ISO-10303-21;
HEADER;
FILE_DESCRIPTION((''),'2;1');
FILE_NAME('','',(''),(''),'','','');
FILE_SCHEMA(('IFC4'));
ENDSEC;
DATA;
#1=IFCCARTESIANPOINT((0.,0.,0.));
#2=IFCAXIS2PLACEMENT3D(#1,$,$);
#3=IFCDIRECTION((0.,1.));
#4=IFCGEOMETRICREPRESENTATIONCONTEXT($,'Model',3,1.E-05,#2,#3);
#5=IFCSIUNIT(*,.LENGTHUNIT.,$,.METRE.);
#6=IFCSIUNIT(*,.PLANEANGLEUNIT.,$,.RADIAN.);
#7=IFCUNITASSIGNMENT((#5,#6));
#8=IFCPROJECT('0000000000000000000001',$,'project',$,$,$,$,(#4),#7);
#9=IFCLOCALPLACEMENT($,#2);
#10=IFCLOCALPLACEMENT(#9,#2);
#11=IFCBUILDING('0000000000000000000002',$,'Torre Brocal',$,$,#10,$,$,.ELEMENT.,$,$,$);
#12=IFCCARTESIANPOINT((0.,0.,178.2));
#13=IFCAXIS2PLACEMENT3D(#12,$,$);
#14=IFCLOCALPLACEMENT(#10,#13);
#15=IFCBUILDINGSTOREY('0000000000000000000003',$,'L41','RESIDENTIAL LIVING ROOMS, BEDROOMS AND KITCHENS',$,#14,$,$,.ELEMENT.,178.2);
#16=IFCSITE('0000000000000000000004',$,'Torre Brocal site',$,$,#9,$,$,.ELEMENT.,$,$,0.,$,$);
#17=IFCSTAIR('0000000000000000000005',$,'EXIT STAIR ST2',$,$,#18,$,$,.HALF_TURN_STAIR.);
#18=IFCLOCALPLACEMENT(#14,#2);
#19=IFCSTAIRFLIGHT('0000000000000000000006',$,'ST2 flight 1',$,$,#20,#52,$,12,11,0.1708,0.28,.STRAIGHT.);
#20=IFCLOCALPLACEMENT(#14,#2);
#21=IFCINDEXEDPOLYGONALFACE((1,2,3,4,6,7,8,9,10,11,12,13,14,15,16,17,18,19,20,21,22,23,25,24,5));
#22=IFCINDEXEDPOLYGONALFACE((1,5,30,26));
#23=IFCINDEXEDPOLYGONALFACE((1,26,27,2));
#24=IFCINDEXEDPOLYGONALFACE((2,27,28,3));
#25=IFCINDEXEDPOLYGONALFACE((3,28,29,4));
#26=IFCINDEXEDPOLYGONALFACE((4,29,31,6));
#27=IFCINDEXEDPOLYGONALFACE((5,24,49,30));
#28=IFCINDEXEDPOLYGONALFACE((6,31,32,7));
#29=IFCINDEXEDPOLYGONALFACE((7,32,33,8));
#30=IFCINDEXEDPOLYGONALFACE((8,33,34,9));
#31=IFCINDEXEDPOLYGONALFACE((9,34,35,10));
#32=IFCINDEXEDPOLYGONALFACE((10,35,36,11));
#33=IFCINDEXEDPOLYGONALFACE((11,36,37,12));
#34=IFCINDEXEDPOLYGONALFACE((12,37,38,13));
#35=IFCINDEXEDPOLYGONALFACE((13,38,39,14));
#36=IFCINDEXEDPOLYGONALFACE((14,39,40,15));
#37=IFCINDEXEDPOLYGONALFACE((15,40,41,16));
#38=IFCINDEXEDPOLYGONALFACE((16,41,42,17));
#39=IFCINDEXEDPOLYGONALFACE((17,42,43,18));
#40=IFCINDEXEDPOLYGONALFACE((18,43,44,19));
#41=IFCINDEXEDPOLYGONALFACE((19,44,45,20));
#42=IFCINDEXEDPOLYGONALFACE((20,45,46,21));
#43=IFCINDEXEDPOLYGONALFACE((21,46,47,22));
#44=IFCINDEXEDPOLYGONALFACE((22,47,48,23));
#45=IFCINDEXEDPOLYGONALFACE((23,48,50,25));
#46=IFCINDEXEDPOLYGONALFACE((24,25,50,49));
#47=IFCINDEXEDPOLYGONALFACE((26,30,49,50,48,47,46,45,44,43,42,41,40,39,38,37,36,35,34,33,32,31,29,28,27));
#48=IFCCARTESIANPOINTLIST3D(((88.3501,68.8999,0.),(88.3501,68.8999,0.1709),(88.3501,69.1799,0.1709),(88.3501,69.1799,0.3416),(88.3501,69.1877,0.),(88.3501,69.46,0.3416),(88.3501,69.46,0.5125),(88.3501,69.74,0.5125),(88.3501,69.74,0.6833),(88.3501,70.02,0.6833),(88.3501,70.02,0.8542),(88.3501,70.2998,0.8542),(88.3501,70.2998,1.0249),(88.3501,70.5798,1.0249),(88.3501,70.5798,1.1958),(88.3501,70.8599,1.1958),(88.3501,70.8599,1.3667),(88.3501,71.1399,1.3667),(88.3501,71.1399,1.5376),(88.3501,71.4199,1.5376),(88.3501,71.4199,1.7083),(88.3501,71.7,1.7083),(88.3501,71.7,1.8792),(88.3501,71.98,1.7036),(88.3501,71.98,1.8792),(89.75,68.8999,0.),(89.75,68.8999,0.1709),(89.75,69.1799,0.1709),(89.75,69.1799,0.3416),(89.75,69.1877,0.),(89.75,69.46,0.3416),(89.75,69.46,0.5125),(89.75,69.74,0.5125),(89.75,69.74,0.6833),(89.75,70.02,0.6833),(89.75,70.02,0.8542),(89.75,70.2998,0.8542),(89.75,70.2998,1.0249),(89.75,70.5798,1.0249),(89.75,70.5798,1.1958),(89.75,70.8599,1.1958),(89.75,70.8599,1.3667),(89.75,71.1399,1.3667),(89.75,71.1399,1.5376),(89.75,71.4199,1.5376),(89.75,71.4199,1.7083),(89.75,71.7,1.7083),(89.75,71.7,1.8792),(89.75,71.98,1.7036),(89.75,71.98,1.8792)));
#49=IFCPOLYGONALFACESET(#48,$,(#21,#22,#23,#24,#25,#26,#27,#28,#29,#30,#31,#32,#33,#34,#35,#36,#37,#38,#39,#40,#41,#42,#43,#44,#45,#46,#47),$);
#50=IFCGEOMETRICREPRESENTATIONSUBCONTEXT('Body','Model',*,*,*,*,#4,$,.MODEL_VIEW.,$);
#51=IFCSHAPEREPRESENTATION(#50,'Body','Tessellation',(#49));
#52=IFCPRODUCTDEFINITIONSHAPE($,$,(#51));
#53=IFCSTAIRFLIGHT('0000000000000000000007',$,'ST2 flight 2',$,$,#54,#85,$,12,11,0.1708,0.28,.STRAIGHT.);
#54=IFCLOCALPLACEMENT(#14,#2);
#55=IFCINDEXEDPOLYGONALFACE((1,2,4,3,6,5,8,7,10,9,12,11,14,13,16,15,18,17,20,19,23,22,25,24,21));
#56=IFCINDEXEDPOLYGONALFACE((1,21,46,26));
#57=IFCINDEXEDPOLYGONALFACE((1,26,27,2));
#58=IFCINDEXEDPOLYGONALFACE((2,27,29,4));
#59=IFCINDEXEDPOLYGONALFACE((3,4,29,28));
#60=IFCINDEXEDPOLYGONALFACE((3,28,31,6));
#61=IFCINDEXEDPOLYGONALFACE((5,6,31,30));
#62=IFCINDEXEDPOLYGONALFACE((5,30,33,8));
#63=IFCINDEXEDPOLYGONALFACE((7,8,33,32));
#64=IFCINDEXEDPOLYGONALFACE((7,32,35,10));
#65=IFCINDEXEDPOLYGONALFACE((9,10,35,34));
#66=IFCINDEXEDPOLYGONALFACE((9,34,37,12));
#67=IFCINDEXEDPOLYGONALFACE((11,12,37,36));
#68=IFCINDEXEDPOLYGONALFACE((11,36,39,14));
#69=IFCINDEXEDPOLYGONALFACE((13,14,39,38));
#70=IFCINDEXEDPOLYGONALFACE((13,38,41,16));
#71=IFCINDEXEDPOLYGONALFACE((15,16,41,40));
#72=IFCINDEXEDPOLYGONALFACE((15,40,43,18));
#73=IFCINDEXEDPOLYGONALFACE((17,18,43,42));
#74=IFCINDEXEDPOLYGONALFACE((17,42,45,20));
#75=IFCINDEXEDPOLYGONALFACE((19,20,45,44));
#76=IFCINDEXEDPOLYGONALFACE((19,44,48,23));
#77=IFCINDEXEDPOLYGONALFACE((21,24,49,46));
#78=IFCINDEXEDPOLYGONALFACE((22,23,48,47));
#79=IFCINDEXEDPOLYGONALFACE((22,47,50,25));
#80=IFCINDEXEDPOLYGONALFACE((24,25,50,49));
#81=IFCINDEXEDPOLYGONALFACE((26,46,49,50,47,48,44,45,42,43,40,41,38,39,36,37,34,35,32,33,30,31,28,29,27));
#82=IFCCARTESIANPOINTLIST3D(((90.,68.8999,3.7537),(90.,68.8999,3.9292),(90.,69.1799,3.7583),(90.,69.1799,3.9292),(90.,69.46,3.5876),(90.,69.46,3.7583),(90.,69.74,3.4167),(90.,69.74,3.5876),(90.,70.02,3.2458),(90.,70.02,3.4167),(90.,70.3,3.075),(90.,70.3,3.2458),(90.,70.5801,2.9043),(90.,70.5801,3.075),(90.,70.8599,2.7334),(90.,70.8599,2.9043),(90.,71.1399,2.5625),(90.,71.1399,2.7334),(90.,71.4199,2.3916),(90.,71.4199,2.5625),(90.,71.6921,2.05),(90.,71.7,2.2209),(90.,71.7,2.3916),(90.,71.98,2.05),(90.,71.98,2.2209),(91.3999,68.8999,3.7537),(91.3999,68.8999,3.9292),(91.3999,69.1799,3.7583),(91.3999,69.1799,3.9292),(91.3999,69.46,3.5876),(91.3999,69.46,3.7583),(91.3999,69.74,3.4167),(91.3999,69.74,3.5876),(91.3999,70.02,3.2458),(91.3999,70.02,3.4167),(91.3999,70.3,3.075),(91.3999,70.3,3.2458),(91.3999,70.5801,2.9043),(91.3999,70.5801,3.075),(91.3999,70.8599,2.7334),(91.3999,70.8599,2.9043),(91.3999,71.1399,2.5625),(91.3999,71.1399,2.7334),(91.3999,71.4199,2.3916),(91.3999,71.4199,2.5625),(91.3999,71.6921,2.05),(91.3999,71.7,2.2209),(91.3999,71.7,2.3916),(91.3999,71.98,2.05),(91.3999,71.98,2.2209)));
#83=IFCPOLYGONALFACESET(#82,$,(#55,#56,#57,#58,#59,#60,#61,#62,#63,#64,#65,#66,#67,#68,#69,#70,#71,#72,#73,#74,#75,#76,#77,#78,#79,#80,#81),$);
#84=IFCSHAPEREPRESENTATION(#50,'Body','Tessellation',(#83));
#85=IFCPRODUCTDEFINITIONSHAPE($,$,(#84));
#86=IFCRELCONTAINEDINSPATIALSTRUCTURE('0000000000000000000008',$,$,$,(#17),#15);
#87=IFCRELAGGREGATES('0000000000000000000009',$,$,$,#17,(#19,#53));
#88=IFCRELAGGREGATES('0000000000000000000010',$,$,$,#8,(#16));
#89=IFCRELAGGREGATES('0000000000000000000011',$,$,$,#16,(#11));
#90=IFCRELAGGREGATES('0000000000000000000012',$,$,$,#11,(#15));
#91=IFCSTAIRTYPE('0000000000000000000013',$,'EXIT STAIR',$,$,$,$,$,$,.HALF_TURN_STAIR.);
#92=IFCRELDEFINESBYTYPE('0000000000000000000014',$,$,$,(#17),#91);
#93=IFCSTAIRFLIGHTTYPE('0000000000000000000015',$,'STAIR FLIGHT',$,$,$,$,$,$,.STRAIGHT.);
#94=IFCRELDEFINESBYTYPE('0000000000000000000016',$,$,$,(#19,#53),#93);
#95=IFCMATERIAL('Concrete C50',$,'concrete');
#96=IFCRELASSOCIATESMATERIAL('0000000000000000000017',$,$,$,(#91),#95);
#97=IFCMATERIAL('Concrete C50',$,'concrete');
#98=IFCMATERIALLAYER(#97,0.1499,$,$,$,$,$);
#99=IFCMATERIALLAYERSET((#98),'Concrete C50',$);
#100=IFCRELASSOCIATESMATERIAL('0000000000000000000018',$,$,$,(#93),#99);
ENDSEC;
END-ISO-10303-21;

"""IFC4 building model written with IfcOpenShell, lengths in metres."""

from ifc_helpers import new_model, si_unit, direction, frame, origin, place, context, subcontext, project, spatial, polyline, outline, extrude, material, layer, layer_set, type_object, element, aggregate, save


model = new_model("IFC4")

# Units and contexts
model_context = context("Model", 3, precision=1e-05, world=origin(), true_north=direction((0.0, 1.0)))
body_context = subcontext(model_context, "Body", "Model", "MODEL_VIEW")
ifc_project = project(units=[si_unit("LENGTHUNIT", "METRE"), si_unit("PLANEANGLEUNIT", "RADIAN")], contexts=[model_context])

# Site, building, storey
site_placement = place(None, origin())
site = spatial("IfcSite", under=ifc_project, at=site_placement, Name="Torre Brocal site", CompositionType="ELEMENT", RefElevation=0.0)
building_placement = place(site_placement, origin())
building = spatial("IfcBuilding", under=site, at=building_placement, Name="Torre Brocal", CompositionType="ELEMENT")
storey_placement = place(building_placement, frame((0.0, 0.0, 178.2)))
storey = spatial("IfcBuildingStorey", under=building, at=storey_placement, Name="L41", Description="RESIDENTIAL LIVING ROOMS, BEDROOMS AND KITCHENS", CompositionType="ELEMENT", Elevation=178.2)

# Stair, stair flights
ifc_material_1 = material(Name="Concrete C50", Category="concrete")
stair_type = type_object("IfcStairType", Name="EXIT STAIR", PredefinedType="HALF_TURN_STAIR", material=ifc_material_1)
stair_placement = place(storey_placement, origin())
stair = element("IfcStair", 1, at=stair_placement, inside=storey, type_object=stair_type, Name="EXIT STAIR ST2", PredefinedType="HALF_TURN_STAIR")
ifc_material_2 = material(Name="Concrete C50", Category="concrete")
ifc_layer_1 = layer(ifc_material_2, 0.1499)
ifc_layer_set_1 = layer_set([ifc_layer_1], Name="Concrete C50")
stair_flight_type = type_object("IfcStairFlightType", Name="STAIR FLIGHT", PredefinedType="STRAIGHT", material=ifc_layer_set_1)
stair_flight_1_placement = place(storey_placement, frame((89.05, 68.8999, 0.0), z_axis=(0.0, 0.0, 1.0), x_axis=(0.0, 1.0, 0.0)))
stair_flight_1 = element("IfcStairFlight", 2, at=stair_flight_1_placement, type_object=stair_flight_type, Name="ST2 flight 1", NumberOfRisers=12, NumberOfTreads=11, PredefinedType="STRAIGHT", RiserHeight=0.1708, TreadLength=0.28, context=body_context, shape_type="SweptSolid", body=[
    extrude(outline(polyline([(0.0, 0.0), (0.0, 0.1709), (0.28, 0.1709), (0.28, 0.3416), (0.5601, 0.3416), (0.5601, 0.5125), (0.8401, 0.5125), (0.8401, 0.6833), (1.1201, 0.6833), (1.1201, 0.8542), (1.3999, 0.8542), (1.3999, 1.0249), (1.6799, 1.0249), (1.6799, 1.1958), (1.96, 1.1958), (1.96, 1.3667), (2.24, 1.3667), (2.24, 1.5376), (2.52, 1.5376), (2.52, 1.7083), (2.8, 1.7083), (2.8, 1.8792), (3.0801, 1.8792), (3.0801, 2.05), (3.0801, 1.7036), (0.2878, 0.0), (0.0, 0.0)])), frame((0.0, 0.7, 0.0), z_axis=(0.0, -1.0, 0.0), x_axis=(1.0, 0.0, 0.0)), (0.0, 0.0, 1.0), 1.3999),
])
stair_flight_2_placement = place(storey_placement, frame((90.7, 71.98, 2.05), z_axis=(0.0, 0.0, 1.0), x_axis=(0.0, -1.0, 0.0)))
stair_flight_2 = element("IfcStairFlight", 3, at=stair_flight_2_placement, type_object=stair_flight_type, Name="ST2 flight 2", NumberOfRisers=12, NumberOfTreads=11, PredefinedType="STRAIGHT", RiserHeight=0.1708, TreadLength=0.28, context=body_context, shape_type="SweptSolid", body=[
    extrude(outline(polyline([(0.0, 0.0), (0.0, 0.1709), (0.28, 0.1709), (0.28, 0.3416), (0.5601, 0.3416), (0.5601, 0.5125), (0.8401, 0.5125), (0.8401, 0.6833), (1.1201, 0.6833), (1.1201, 0.8542), (1.3999, 0.8542), (1.3999, 1.0249), (1.6799, 1.0249), (1.6799, 1.1958), (1.96, 1.1958), (1.96, 1.3667), (2.24, 1.3667), (2.24, 1.5376), (2.52, 1.5376), (2.52, 1.7083), (2.8, 1.7083), (2.8, 1.8792), (3.0801, 1.8792), (3.0801, 2.05), (3.0801, 1.7036), (0.2878, 0.0), (0.0, 0.0)])), frame((0.0, 0.7, 0.0), z_axis=(0.0, -1.0, 0.0), x_axis=(1.0, 0.0, 0.0)), (0.0, 0.0, 1.0), 1.3999),
])
aggregate(stair, [stair_flight_1, stair_flight_2])

save(model, "model.ifc")
